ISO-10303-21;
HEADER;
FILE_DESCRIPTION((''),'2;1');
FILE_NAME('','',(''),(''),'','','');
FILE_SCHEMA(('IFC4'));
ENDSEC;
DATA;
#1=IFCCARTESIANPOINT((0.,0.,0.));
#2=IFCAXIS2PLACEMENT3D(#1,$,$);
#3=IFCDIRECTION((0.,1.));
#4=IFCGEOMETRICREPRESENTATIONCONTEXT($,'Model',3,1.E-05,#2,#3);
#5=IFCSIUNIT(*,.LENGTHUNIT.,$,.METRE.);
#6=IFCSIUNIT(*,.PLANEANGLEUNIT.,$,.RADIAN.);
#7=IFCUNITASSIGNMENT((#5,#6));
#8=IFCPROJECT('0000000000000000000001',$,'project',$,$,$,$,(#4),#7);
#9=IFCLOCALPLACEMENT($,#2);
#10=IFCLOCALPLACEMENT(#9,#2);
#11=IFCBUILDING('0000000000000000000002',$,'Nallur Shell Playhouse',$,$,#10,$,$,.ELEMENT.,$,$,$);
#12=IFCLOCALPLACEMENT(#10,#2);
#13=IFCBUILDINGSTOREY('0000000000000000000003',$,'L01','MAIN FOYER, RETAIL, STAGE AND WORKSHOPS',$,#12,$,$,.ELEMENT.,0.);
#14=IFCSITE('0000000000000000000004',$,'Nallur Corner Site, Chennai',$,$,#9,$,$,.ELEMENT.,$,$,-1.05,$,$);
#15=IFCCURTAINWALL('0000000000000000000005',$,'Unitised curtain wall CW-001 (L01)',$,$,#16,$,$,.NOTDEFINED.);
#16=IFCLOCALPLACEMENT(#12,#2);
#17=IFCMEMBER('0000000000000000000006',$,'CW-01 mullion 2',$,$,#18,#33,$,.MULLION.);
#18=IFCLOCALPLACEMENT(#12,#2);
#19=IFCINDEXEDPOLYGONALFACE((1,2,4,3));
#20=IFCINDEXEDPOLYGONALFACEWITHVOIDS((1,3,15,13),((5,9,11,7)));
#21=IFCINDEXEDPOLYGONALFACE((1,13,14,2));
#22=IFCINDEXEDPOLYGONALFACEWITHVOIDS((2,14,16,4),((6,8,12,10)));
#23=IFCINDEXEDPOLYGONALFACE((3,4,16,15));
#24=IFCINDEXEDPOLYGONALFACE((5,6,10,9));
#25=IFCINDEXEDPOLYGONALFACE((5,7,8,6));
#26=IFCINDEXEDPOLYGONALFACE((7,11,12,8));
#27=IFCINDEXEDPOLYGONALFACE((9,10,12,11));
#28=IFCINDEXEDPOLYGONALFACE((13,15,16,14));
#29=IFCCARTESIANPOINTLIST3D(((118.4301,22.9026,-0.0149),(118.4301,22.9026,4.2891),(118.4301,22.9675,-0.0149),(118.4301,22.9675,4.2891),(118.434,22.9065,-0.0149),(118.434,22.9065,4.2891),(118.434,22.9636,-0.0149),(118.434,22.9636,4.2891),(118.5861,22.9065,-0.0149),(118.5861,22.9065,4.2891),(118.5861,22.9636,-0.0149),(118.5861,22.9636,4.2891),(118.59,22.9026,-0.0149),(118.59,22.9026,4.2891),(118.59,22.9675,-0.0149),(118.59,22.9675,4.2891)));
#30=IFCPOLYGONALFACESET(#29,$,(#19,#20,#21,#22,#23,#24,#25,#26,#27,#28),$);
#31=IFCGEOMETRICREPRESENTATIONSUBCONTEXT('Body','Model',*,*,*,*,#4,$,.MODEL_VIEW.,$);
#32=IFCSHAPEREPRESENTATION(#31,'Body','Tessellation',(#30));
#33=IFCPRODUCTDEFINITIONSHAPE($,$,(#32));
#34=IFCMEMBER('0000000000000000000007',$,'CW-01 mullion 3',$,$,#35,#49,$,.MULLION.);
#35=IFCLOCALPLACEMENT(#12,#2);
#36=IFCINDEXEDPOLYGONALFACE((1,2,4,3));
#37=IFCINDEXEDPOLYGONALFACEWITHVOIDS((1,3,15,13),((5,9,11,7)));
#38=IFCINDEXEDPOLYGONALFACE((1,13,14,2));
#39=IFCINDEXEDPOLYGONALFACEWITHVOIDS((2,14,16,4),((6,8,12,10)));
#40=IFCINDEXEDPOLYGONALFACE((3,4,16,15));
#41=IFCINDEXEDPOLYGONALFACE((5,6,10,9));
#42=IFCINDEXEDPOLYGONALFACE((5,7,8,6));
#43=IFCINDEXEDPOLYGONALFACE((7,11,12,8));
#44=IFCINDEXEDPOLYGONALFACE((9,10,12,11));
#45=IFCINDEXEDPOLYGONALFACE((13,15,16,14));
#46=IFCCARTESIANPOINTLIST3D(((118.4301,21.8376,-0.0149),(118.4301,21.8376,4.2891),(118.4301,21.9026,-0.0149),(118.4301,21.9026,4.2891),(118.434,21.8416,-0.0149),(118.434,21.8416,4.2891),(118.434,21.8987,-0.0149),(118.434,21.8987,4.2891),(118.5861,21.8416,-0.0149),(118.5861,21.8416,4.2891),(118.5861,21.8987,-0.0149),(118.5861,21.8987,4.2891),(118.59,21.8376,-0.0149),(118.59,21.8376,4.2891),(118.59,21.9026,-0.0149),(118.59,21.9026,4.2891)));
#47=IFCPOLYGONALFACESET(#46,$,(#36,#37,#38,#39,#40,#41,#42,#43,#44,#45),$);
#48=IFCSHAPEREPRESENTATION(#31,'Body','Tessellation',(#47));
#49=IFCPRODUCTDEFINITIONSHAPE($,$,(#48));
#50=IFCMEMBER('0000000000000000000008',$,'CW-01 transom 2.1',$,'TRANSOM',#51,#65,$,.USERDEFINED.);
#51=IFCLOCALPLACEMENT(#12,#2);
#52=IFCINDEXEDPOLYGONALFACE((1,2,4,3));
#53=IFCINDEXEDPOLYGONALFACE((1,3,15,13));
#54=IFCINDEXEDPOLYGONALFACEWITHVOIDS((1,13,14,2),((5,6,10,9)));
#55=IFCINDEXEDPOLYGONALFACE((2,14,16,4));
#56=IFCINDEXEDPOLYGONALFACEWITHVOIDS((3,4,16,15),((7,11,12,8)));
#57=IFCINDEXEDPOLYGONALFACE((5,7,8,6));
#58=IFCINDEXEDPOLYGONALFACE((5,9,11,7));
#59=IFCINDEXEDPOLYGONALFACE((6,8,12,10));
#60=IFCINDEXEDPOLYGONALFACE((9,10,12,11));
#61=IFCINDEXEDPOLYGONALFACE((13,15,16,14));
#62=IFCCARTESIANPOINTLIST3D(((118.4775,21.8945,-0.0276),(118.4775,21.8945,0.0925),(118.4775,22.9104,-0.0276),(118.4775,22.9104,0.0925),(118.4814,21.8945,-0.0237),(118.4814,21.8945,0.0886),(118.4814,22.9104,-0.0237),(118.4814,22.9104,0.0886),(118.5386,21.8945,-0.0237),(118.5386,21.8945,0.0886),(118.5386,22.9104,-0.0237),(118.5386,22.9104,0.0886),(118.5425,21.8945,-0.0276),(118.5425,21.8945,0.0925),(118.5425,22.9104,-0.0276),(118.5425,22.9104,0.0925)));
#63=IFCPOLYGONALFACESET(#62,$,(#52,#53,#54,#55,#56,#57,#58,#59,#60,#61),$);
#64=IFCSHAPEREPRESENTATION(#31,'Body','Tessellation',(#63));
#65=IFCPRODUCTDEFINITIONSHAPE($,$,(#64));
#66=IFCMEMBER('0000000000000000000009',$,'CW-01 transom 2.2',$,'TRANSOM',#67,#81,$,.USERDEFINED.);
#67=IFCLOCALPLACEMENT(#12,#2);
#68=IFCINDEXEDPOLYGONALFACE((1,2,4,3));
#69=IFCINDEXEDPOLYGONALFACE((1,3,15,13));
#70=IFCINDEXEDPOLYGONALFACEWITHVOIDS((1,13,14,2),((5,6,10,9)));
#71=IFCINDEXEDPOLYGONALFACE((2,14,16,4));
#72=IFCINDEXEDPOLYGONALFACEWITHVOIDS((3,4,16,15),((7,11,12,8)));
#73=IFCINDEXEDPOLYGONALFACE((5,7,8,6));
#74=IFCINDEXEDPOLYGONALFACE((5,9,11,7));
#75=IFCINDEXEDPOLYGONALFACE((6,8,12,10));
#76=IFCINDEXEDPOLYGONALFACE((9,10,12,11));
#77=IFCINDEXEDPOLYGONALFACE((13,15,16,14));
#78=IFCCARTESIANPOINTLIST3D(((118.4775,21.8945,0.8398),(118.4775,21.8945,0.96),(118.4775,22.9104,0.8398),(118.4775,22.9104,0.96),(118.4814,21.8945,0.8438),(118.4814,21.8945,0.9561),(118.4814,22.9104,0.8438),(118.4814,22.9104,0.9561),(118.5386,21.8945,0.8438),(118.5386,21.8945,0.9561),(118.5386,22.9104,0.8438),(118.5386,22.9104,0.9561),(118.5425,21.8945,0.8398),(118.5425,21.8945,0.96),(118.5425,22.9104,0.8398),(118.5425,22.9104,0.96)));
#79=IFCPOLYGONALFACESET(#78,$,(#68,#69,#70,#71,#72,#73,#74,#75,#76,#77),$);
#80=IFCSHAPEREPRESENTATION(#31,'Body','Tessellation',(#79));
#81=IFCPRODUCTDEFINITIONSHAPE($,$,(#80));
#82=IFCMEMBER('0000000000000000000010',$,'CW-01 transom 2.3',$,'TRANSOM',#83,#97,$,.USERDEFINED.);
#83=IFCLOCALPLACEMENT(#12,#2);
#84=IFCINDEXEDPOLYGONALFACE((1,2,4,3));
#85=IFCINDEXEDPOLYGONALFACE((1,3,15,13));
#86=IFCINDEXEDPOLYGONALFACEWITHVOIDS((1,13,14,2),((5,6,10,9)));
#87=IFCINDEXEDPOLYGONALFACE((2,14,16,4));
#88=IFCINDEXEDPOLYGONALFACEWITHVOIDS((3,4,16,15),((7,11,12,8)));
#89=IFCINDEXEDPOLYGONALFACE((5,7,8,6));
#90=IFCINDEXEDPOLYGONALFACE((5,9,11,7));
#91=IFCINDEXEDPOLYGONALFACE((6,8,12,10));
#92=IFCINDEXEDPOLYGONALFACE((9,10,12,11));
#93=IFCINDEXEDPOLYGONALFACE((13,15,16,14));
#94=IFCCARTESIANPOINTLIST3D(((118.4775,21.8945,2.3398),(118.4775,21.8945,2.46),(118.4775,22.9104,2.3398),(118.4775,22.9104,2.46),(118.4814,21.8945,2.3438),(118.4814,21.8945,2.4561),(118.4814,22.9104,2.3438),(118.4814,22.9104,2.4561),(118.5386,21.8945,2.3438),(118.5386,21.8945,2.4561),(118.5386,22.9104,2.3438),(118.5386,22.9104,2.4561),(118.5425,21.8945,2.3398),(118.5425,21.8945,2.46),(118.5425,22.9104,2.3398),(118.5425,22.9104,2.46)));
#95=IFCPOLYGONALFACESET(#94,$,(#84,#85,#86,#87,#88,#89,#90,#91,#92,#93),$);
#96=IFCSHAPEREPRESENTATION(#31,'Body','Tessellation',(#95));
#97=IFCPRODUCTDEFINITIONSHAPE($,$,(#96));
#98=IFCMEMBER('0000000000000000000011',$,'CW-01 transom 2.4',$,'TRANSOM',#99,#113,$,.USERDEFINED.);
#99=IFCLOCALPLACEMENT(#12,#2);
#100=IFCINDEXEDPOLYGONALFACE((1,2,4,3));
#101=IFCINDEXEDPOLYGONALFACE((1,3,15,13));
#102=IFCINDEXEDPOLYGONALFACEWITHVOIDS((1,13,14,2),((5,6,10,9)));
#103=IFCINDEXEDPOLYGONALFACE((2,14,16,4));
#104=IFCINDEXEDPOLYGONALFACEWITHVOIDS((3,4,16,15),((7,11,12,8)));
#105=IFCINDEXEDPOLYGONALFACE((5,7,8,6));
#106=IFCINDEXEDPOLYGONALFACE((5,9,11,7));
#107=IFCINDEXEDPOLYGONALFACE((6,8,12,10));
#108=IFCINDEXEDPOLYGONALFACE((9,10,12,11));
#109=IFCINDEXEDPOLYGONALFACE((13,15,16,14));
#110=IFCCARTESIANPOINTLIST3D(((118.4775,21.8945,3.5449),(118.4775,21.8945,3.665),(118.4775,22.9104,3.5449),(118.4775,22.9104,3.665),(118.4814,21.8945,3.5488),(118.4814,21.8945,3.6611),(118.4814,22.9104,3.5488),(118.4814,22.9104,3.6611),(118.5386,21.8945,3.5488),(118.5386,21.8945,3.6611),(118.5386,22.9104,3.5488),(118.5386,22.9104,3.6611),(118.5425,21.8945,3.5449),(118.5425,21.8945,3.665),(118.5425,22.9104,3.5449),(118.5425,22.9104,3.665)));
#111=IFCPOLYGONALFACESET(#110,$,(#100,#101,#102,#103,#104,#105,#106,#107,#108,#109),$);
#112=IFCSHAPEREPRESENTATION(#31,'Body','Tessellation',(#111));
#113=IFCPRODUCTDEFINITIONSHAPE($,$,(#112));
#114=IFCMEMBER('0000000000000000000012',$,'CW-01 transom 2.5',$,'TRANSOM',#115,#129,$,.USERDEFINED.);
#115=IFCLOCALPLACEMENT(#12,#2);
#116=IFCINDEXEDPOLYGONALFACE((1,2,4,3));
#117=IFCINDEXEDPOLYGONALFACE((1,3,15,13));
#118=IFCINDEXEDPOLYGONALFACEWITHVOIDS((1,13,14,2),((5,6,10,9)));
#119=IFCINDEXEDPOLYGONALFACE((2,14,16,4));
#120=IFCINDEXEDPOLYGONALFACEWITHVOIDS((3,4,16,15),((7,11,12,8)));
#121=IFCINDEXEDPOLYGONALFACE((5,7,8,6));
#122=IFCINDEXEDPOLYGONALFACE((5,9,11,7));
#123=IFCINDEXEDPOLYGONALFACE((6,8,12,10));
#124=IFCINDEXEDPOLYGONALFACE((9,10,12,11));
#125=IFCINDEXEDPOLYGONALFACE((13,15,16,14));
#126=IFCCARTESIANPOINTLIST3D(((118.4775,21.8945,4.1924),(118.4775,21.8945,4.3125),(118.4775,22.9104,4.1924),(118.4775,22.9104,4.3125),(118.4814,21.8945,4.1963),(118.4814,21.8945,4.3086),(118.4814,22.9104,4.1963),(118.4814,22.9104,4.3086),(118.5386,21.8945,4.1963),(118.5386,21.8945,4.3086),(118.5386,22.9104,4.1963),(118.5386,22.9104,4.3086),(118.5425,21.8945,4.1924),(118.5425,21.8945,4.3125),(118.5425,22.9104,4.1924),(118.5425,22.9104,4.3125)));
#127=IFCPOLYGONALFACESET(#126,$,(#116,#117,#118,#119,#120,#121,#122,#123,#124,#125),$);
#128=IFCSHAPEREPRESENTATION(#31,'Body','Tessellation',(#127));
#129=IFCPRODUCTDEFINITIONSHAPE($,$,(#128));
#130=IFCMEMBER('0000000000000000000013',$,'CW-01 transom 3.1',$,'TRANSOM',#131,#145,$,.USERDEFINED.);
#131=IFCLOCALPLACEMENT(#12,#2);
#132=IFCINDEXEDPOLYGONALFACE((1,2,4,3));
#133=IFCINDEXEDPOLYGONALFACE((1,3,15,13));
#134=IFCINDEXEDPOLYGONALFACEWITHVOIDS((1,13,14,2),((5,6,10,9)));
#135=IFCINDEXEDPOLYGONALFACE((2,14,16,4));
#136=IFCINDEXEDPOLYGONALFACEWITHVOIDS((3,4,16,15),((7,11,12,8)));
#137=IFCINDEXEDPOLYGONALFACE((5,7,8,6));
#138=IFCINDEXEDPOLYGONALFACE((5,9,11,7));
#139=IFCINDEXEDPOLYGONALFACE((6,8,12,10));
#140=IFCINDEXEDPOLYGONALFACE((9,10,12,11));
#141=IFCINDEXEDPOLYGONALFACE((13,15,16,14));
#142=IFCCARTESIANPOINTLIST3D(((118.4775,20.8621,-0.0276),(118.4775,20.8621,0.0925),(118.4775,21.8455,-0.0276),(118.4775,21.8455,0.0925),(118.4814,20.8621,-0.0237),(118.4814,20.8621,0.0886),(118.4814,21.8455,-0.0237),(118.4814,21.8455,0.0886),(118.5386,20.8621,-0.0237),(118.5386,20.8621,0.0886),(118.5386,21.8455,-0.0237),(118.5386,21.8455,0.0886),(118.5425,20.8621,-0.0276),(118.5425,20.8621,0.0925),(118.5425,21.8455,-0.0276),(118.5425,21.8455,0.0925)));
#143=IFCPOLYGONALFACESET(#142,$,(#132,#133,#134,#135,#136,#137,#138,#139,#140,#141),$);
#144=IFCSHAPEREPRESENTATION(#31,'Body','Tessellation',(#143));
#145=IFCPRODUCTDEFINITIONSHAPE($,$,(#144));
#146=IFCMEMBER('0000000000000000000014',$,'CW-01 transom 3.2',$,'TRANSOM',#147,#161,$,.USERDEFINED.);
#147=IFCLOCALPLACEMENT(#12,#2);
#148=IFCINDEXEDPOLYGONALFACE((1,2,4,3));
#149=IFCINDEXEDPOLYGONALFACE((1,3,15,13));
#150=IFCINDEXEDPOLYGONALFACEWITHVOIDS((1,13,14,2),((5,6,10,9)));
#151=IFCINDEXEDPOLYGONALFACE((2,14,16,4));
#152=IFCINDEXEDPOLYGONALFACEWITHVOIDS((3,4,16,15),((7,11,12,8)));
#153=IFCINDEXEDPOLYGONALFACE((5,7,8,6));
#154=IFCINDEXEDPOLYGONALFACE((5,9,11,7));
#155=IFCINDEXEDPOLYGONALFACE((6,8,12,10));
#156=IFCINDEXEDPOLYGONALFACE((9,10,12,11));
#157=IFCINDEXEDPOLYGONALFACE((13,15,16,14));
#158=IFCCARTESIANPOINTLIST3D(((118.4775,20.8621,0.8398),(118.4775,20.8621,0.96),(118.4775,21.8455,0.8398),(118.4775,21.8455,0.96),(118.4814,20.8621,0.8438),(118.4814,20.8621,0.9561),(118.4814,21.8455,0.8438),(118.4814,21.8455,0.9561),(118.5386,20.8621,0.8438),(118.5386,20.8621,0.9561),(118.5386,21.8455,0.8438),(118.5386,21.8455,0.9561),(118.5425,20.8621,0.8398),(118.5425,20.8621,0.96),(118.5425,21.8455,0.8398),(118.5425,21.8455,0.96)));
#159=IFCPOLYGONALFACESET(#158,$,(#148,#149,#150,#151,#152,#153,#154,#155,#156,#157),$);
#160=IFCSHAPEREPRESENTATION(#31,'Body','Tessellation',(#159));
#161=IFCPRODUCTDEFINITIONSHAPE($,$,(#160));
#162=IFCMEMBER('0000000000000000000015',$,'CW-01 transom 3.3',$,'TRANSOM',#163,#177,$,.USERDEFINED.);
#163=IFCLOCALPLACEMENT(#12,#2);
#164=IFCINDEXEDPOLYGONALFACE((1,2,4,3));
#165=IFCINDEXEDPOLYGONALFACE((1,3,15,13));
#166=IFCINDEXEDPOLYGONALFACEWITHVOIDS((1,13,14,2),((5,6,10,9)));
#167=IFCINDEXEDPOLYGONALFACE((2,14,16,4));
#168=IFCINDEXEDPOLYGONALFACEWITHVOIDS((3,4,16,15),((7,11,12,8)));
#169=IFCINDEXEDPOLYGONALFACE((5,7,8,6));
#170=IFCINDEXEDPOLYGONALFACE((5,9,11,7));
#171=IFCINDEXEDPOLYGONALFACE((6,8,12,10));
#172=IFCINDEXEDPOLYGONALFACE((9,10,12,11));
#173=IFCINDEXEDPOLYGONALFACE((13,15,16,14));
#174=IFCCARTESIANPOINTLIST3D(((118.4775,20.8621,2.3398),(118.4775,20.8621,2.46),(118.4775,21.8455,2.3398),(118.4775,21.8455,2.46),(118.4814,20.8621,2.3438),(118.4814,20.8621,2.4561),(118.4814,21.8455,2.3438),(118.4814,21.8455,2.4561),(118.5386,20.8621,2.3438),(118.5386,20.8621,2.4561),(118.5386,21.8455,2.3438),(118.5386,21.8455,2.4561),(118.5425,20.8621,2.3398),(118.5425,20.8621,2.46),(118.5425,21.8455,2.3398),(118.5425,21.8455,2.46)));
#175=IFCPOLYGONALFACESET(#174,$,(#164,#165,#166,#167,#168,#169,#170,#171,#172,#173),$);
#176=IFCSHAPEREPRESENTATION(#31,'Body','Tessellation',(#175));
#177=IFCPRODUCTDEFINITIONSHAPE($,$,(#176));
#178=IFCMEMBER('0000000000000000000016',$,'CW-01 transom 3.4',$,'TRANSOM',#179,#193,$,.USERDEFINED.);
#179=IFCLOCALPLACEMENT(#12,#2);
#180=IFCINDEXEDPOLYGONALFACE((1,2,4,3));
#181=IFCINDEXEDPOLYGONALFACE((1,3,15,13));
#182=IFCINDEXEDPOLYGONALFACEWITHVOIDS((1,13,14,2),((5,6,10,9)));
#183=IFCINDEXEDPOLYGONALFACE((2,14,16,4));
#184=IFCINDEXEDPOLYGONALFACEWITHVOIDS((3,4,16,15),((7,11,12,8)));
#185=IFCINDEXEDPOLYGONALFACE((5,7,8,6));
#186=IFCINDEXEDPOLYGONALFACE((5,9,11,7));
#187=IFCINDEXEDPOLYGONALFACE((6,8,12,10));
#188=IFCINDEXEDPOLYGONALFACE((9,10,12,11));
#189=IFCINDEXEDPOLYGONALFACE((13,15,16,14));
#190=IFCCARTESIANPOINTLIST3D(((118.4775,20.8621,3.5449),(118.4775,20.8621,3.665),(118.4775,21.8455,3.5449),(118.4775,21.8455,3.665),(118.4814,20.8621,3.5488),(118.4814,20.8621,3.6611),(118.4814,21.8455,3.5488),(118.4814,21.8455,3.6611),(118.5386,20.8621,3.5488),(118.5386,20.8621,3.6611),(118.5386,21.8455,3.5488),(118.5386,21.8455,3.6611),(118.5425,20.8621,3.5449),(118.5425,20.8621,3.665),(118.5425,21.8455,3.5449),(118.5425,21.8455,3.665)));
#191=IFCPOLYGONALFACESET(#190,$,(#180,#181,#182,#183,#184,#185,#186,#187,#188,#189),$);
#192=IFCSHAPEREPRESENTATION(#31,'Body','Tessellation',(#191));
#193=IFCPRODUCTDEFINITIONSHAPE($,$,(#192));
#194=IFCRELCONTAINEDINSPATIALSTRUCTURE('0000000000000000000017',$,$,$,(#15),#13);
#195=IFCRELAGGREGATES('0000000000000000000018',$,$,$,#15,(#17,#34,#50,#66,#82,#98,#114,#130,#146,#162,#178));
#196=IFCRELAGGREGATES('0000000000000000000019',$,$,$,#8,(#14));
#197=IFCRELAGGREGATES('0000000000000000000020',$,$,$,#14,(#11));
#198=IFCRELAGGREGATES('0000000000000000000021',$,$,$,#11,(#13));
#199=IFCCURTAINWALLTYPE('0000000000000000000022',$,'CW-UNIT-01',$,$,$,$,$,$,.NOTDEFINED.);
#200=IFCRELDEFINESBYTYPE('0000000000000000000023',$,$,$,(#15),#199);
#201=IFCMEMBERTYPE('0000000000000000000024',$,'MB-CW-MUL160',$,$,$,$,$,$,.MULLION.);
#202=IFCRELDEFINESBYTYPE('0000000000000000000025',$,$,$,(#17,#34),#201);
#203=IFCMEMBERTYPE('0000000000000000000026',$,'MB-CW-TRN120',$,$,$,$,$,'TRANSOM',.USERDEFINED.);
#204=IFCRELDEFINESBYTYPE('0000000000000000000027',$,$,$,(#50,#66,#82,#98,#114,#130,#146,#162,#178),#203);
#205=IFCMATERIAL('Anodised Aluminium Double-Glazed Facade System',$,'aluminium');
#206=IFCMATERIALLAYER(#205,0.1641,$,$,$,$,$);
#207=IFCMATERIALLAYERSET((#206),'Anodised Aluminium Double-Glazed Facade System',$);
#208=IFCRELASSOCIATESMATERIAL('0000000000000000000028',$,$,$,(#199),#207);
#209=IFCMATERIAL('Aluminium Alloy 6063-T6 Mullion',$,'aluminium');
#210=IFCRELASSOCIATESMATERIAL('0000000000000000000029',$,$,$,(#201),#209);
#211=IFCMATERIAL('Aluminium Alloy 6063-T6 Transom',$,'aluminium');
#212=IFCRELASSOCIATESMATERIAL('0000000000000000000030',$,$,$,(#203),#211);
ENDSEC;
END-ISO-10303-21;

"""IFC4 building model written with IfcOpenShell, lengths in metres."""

from ifc_helpers import new_model, si_unit, direction, frame, origin, origin_2d, place, context, subcontext, project, spatial, hollow_rectangle, extrude, material, layer, layer_set, material_profile, profile_set, type_object, element, aggregate, save


model = new_model("IFC4")

# Units and contexts
model_context = context("Model", 3, precision=1e-05, world=origin(), true_north=direction((0.0, 1.0)))
body_context = subcontext(model_context, "Body", "Model", "MODEL_VIEW")
ifc_project = project(units=[si_unit("LENGTHUNIT", "METRE"), si_unit("PLANEANGLEUNIT", "RADIAN")], contexts=[model_context])

# Site, building, storey
site_placement = place(None, origin())
site = spatial("IfcSite", under=ifc_project, at=site_placement, Name="Nallur Corner Site, Chennai", CompositionType="ELEMENT", RefElevation=-1.05)
building_placement = place(site_placement, origin())
building = spatial("IfcBuilding", under=site, at=building_placement, Name="Nallur Shell Playhouse", CompositionType="ELEMENT")
storey_placement = place(building_placement, origin())
storey = spatial("IfcBuildingStorey", under=building, at=storey_placement, Name="L01", Description="MAIN FOYER, RETAIL, STAGE AND WORKSHOPS", CompositionType="ELEMENT", Elevation=0.0)

# Curtain wall, members
ifc_material_1 = material(Name="Anodised Aluminium Double-Glazed Facade System", Category="aluminium")
ifc_layer_1 = layer(ifc_material_1, 0.1641)
ifc_layer_set_1 = layer_set([ifc_layer_1], Name="Anodised Aluminium Double-Glazed Facade System")
curtain_wall_type = type_object("IfcCurtainWallType", Name="CW-UNIT-01", PredefinedType="NOTDEFINED", material=ifc_layer_set_1)
curtain_wall_placement = place(storey_placement, origin())
curtain_wall = element("IfcCurtainWall", 1, at=curtain_wall_placement, inside=storey, type_object=curtain_wall_type, Name="Unitised curtain wall CW-001 (L01)", PredefinedType="NOTDEFINED")
ifc_material_2 = material(Name="Aluminium Alloy 6063-T6 Mullion", Category="aluminium")
ifc_material_profile_1 = material_profile(ifc_material_2, hollow_rectangle(XDim=0.0649, YDim=0.1599, WallThickness=0.0039, at=origin_2d()), Name="ALU 65x160x4")
ifc_profile_set_1 = profile_set([ifc_material_profile_1], Name="Aluminium Alloy 6063-T6 Mullion")
member_type_1 = type_object("IfcMemberType", Name="MB-CW-MUL160", PredefinedType="MULLION", material=ifc_profile_set_1)
member_1_placement = place(storey_placement, frame((118.51, 22.9351, -0.0149), z_axis=(0.0, 0.0, 1.0), x_axis=(0.0, -1.0, 0.0)))
member_1 = element("IfcMember", 2, at=member_1_placement, type_object=member_type_1, Name="CW-01 mullion 2", PredefinedType="MULLION", context=body_context, shape_type="SweptSolid", body=[
    extrude(hollow_rectangle(XDim=0.0649, YDim=0.1599, WallThickness=0.0039, at=origin_2d()), origin(), (0.0, 0.0, 1.0), 4.304),
])
member_2_placement = place(storey_placement, frame((118.51, 21.8701, -0.0149), z_axis=(0.0, 0.0, 1.0), x_axis=(0.0, -1.0, 0.0)))
member_2 = element("IfcMember", 3, at=member_2_placement, type_object=member_type_1, Name="CW-01 mullion 3", PredefinedType="MULLION", context=body_context, shape_type="SweptSolid", body=[
    extrude(hollow_rectangle(XDim=0.0649, YDim=0.1599, WallThickness=0.0039, at=origin_2d()), origin(), (0.0, 0.0, 1.0), 4.304),
])
ifc_material_3 = material(Name="Aluminium Alloy 6063-T6 Transom", Category="aluminium")
ifc_material_profile_2 = material_profile(ifc_material_3, hollow_rectangle(XDim=0.0649, YDim=0.1201, WallThickness=0.0039, at=origin_2d()), Name="ALU 65x120x4")
ifc_profile_set_2 = profile_set([ifc_material_profile_2], Name="Aluminium Alloy 6063-T6 Transom")
member_type_2 = type_object("IfcMemberType", Name="MB-CW-TRN120", ElementType="TRANSOM", PredefinedType="USERDEFINED", material=ifc_profile_set_2)
member_3_placement = place(storey_placement, frame((118.51, 22.9104, 0.0325), z_axis=(0.0, -1.0, 0.0), x_axis=(1.0, 0.0, 0.0)))
member_3 = element("IfcMember", 4, at=member_3_placement, type_object=member_type_2, Name="CW-01 transom 2.1", ObjectType="TRANSOM", PredefinedType="USERDEFINED", context=body_context, shape_type="SweptSolid", body=[
    extrude(hollow_rectangle(XDim=0.0649, YDim=0.1201, WallThickness=0.0039, at=origin_2d()), origin(), (0.0, 0.0, 1.0), 1.0159),
])
member_4_placement = place(storey_placement, frame((118.51, 22.9104, 0.8999), z_axis=(0.0, -1.0, 0.0), x_axis=(1.0, 0.0, 0.0)))
member_4 = element("IfcMember", 5, at=member_4_placement, type_object=member_type_2, Name="CW-01 transom 2.2", ObjectType="TRANSOM", PredefinedType="USERDEFINED", context=body_context, shape_type="SweptSolid", body=[
    extrude(hollow_rectangle(XDim=0.0649, YDim=0.1201, WallThickness=0.0039, at=origin_2d()), origin(), (0.0, 0.0, 1.0), 1.0159),
])
member_5_placement = place(storey_placement, frame((118.51, 22.9104, 2.3999), z_axis=(0.0, -1.0, 0.0), x_axis=(1.0, 0.0, 0.0)))
member_5 = element("IfcMember", 6, at=member_5_placement, type_object=member_type_2, Name="CW-01 transom 2.3", ObjectType="TRANSOM", PredefinedType="USERDEFINED", context=body_context, shape_type="SweptSolid", body=[
    extrude(hollow_rectangle(XDim=0.0649, YDim=0.1201, WallThickness=0.0039, at=origin_2d()), origin(), (0.0, 0.0, 1.0), 1.0159),
])
member_6_placement = place(storey_placement, frame((118.51, 22.9104, 3.605), z_axis=(0.0, -1.0, 0.0), x_axis=(1.0, 0.0, 0.0)))
member_6 = element("IfcMember", 7, at=member_6_placement, type_object=member_type_2, Name="CW-01 transom 2.4", ObjectType="TRANSOM", PredefinedType="USERDEFINED", context=body_context, shape_type="SweptSolid", body=[
    extrude(hollow_rectangle(XDim=0.0649, YDim=0.1201, WallThickness=0.0039, at=origin_2d()), origin(), (0.0, 0.0, 1.0), 1.0159),
])
member_7_placement = place(storey_placement, frame((118.51, 22.9104, 4.2524), z_axis=(0.0, -1.0, 0.0), x_axis=(1.0, 0.0, 0.0)))
member_7 = element("IfcMember", 8, at=member_7_placement, type_object=member_type_2, Name="CW-01 transom 2.5", ObjectType="TRANSOM", PredefinedType="USERDEFINED", context=body_context, shape_type="SweptSolid", body=[
    extrude(hollow_rectangle(XDim=0.0649, YDim=0.1201, WallThickness=0.0039, at=origin_2d()), origin(), (0.0, 0.0, 1.0), 1.0159),
])
member_8_placement = place(storey_placement, frame((118.51, 21.8455, 0.0325), z_axis=(0.0, -1.0, 0.0), x_axis=(1.0, 0.0, 0.0)))
member_8 = element("IfcMember", 9, at=member_8_placement, type_object=member_type_2, Name="CW-01 transom 3.1", ObjectType="TRANSOM", PredefinedType="USERDEFINED", context=body_context, shape_type="SweptSolid", body=[
    extrude(hollow_rectangle(XDim=0.0649, YDim=0.1201, WallThickness=0.0039, at=origin_2d()), origin(), (0.0, 0.0, 1.0), 0.9834),
])
member_9_placement = place(storey_placement, frame((118.51, 21.8455, 0.8999), z_axis=(0.0, -1.0, 0.0), x_axis=(1.0, 0.0, 0.0)))
member_9 = element("IfcMember", 10, at=member_9_placement, type_object=member_type_2, Name="CW-01 transom 3.2", ObjectType="TRANSOM", PredefinedType="USERDEFINED", context=body_context, shape_type="SweptSolid", body=[
    extrude(hollow_rectangle(XDim=0.0649, YDim=0.1201, WallThickness=0.0039, at=origin_2d()), origin(), (0.0, 0.0, 1.0), 0.9834),
])
member_10_placement = place(storey_placement, frame((118.51, 21.8455, 2.3999), z_axis=(0.0, -1.0, 0.0), x_axis=(1.0, 0.0, 0.0)))
member_10 = element("IfcMember", 11, at=member_10_placement, type_object=member_type_2, Name="CW-01 transom 3.3", ObjectType="TRANSOM", PredefinedType="USERDEFINED", context=body_context, shape_type="SweptSolid", body=[
    extrude(hollow_rectangle(XDim=0.0649, YDim=0.1201, WallThickness=0.0039, at=origin_2d()), origin(), (0.0, 0.0, 1.0), 0.9834),
])
member_11_placement = place(storey_placement, frame((118.51, 21.8455, 3.605), z_axis=(0.0, -1.0, 0.0), x_axis=(1.0, 0.0, 0.0)))
member_11 = element("IfcMember", 12, at=member_11_placement, type_object=member_type_2, Name="CW-01 transom 3.4", ObjectType="TRANSOM", PredefinedType="USERDEFINED", context=body_context, shape_type="SweptSolid", body=[
    extrude(hollow_rectangle(XDim=0.0649, YDim=0.1201, WallThickness=0.0039, at=origin_2d()), origin(), (0.0, 0.0, 1.0), 0.9834),
])
aggregate(curtain_wall, [member_1, member_2, member_3, member_4, member_5, member_6, member_7, member_8, member_9, member_10, member_11])

save(model, "model.ifc")
